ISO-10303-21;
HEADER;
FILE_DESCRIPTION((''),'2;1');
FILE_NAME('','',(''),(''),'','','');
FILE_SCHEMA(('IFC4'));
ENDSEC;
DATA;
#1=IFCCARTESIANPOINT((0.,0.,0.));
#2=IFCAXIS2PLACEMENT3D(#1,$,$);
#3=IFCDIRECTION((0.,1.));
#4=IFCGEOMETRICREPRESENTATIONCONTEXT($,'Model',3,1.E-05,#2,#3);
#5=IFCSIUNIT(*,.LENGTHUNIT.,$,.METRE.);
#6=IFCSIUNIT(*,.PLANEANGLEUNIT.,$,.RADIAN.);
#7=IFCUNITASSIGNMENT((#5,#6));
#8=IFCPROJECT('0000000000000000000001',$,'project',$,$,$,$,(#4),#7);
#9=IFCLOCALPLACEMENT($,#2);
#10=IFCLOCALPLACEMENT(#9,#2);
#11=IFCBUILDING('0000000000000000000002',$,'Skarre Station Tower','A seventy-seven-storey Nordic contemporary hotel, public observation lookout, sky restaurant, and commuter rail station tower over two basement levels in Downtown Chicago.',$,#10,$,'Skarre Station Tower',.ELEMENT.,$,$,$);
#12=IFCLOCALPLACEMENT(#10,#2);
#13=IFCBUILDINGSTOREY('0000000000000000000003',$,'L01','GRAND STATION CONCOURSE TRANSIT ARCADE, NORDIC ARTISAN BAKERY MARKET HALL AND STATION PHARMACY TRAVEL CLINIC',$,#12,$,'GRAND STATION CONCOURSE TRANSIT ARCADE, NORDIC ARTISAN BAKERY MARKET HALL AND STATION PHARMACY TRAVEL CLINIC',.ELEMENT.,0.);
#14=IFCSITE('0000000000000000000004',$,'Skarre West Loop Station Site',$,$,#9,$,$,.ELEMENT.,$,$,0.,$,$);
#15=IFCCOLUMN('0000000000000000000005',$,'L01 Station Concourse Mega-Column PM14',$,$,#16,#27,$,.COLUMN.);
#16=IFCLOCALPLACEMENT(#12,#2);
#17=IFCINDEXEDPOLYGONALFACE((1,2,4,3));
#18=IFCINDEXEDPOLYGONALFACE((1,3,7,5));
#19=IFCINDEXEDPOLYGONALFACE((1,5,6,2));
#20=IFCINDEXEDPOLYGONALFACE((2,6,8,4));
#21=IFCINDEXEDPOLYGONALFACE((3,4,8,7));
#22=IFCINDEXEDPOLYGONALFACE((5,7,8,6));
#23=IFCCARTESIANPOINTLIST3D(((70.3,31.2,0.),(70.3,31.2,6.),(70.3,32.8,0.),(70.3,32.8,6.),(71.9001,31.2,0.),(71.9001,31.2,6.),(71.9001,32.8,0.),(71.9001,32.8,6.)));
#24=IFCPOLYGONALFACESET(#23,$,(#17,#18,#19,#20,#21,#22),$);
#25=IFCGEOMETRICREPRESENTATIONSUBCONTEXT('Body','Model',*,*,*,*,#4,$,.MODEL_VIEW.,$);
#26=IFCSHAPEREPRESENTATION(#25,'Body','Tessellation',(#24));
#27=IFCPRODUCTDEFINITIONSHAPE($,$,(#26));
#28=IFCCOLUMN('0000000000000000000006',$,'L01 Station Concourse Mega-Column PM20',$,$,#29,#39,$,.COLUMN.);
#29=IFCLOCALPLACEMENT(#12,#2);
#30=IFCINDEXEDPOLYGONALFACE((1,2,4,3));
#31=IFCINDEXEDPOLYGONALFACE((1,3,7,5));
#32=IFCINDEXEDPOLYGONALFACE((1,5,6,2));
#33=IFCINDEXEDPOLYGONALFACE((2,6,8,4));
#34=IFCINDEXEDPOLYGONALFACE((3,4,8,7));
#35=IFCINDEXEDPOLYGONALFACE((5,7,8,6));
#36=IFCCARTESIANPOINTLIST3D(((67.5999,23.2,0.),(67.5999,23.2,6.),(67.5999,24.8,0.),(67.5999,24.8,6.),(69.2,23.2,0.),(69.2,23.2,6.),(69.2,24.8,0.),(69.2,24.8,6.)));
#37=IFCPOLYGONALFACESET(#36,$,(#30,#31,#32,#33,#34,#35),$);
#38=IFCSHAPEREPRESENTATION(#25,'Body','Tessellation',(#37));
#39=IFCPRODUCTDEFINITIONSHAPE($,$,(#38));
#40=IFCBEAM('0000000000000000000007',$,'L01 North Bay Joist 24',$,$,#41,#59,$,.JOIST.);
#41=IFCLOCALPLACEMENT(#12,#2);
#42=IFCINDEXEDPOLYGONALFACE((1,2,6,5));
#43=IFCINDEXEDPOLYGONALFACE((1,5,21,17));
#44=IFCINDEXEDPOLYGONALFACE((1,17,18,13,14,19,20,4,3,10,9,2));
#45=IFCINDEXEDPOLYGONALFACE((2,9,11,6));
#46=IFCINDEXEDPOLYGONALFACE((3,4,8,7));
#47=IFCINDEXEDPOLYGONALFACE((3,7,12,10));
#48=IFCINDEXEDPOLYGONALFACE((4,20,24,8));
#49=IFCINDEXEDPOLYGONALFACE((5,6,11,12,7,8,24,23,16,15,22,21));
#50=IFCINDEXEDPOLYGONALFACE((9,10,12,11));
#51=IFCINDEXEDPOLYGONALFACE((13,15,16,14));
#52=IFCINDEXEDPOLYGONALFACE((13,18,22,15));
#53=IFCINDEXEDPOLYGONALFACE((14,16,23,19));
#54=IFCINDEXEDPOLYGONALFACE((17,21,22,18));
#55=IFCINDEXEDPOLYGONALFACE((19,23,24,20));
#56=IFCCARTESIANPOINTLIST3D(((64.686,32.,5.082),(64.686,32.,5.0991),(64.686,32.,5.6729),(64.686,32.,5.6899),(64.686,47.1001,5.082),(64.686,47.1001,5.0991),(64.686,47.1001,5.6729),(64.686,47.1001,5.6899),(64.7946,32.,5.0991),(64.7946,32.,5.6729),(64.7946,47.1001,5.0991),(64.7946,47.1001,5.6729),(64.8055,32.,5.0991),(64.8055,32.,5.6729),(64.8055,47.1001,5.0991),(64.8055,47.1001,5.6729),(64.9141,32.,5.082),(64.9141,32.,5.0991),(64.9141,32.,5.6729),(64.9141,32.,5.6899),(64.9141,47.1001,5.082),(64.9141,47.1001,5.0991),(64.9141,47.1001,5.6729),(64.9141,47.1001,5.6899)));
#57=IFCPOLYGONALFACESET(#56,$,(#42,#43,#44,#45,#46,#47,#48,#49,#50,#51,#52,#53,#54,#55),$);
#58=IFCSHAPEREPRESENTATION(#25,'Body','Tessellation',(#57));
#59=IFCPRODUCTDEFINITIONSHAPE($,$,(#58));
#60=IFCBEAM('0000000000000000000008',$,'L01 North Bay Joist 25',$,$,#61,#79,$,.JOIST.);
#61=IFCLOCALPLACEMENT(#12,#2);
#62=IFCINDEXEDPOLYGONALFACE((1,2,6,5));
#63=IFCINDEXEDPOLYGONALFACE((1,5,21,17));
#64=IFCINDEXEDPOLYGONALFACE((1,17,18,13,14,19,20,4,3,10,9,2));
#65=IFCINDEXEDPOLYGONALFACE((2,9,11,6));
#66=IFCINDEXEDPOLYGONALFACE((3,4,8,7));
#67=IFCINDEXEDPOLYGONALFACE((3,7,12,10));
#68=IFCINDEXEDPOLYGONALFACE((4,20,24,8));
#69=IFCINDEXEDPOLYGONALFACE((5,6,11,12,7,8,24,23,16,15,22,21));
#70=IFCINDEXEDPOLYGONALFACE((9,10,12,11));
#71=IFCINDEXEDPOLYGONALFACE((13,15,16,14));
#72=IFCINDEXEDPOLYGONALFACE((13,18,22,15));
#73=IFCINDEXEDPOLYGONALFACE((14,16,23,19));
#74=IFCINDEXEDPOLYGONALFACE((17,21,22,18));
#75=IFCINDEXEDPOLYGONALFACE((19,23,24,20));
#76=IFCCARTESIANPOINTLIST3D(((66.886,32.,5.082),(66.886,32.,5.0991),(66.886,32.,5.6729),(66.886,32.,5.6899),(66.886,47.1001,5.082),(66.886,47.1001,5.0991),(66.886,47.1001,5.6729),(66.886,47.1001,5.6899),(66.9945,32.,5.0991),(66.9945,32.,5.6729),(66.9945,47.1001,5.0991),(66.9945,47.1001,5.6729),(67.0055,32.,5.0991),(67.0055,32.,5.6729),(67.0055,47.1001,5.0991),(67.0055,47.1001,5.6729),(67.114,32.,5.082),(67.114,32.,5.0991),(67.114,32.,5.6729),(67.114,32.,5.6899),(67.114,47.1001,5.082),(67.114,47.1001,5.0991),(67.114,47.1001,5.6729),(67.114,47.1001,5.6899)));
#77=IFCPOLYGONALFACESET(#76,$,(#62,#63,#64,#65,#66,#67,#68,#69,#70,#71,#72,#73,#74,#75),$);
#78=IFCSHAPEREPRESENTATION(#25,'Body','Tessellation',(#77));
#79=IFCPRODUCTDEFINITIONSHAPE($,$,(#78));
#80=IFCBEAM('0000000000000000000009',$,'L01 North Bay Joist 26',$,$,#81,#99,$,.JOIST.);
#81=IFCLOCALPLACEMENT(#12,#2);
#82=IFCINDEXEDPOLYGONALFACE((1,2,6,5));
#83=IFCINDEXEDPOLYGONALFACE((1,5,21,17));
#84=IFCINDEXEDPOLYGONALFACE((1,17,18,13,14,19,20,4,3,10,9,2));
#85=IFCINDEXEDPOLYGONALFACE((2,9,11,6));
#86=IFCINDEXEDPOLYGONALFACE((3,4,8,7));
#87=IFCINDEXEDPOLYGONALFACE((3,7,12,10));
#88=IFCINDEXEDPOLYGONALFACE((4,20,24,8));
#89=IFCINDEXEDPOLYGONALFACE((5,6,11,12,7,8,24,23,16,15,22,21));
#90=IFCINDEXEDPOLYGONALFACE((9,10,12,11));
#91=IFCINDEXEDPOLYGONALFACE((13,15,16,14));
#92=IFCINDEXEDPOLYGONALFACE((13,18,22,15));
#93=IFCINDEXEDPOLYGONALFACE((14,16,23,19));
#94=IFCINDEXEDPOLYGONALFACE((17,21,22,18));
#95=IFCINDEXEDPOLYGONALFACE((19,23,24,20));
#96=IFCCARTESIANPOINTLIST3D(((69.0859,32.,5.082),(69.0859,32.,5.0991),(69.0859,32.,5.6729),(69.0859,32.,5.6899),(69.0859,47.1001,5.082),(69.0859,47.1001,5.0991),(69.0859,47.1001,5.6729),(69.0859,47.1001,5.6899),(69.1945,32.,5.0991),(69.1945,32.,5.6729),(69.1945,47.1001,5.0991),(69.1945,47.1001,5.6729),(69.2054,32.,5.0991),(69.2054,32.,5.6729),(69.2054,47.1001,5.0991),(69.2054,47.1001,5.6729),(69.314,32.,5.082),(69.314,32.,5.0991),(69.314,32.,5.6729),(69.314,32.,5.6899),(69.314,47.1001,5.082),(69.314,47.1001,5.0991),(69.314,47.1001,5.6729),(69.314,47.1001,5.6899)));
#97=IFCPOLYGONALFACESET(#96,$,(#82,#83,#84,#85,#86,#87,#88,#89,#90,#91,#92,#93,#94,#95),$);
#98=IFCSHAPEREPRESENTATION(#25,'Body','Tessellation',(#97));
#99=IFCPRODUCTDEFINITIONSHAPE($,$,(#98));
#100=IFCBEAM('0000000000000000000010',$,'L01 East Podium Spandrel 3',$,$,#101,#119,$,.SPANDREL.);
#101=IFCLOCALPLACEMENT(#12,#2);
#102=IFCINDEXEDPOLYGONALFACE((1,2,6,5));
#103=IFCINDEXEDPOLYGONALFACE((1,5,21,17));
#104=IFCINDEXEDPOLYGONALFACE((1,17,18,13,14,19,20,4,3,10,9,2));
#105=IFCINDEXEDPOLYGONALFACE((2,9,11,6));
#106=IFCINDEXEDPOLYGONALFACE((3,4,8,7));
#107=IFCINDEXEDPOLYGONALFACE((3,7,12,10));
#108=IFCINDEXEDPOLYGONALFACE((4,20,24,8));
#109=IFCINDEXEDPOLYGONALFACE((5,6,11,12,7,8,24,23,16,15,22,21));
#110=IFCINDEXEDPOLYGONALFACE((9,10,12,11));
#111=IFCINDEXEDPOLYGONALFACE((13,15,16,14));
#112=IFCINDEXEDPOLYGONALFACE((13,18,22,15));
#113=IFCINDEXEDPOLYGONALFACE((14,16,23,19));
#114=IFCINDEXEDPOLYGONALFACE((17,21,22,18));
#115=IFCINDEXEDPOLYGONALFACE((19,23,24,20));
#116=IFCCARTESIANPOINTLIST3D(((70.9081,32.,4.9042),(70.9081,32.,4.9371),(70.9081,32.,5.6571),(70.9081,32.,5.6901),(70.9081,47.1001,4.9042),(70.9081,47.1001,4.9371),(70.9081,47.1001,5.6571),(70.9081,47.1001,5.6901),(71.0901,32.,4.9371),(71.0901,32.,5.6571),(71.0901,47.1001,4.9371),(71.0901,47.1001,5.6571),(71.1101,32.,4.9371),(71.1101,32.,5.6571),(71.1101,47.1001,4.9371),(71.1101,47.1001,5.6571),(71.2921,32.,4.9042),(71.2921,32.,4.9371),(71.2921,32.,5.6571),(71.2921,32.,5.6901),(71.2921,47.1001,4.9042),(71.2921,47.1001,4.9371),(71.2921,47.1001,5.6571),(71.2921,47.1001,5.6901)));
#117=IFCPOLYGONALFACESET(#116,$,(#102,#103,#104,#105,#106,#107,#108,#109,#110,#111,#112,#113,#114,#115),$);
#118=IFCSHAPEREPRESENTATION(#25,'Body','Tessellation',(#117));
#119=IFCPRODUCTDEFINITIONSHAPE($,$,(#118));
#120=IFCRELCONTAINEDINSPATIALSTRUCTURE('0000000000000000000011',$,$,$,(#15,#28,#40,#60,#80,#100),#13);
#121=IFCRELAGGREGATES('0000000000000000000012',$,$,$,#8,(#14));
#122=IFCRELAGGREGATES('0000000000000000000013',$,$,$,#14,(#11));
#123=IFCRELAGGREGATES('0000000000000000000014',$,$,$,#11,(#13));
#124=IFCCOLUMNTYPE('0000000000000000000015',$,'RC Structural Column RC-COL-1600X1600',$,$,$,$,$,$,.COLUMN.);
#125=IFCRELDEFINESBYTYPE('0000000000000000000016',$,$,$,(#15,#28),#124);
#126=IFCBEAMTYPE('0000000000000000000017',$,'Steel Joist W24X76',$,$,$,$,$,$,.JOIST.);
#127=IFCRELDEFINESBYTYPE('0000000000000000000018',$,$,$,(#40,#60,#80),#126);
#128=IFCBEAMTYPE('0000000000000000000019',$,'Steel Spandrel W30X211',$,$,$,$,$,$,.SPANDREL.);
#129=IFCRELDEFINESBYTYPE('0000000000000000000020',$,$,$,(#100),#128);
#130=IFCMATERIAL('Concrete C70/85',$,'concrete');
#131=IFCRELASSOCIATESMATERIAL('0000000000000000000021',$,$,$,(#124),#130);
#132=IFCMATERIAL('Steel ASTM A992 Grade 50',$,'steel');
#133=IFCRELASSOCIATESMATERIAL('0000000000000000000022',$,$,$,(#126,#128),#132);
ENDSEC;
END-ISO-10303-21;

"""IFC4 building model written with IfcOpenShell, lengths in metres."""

from ifc_helpers import new_model, si_unit, direction, frame, origin, origin_2d, place, context, subcontext, project, spatial, rectangle, i_section, extrude, material, material_profile, profile_set, type_object, element, save


model = new_model("IFC4")

# Units and contexts
model_context = context("Model", 3, precision=1e-05, world=origin(), true_north=direction((0.0, 1.0)))
body_context = subcontext(model_context, "Body", "Model", "MODEL_VIEW")
ifc_project = project(units=[si_unit("LENGTHUNIT", "METRE"), si_unit("PLANEANGLEUNIT", "RADIAN")], contexts=[model_context])

# Site, building, storey
site_placement = place(None, origin())
site = spatial("IfcSite", under=ifc_project, at=site_placement, Name="Skarre West Loop Station Site", CompositionType="ELEMENT", RefElevation=0.0)
building_placement = place(site_placement, origin())
building = spatial("IfcBuilding", under=site, at=building_placement, Name="Skarre Station Tower", Description="A seventy-seven-storey Nordic contemporary hotel, public observation lookout, sky restaurant, and commuter rail station tower over two basement levels in Downtown Chicago.", LongName="Skarre Station Tower", CompositionType="ELEMENT")
storey_placement = place(building_placement, origin())
storey = spatial("IfcBuildingStorey", under=building, at=storey_placement, Name="L01", Description="GRAND STATION CONCOURSE TRANSIT ARCADE, NORDIC ARTISAN BAKERY MARKET HALL AND STATION PHARMACY TRAVEL CLINIC", LongName="GRAND STATION CONCOURSE TRANSIT ARCADE, NORDIC ARTISAN BAKERY MARKET HALL AND STATION PHARMACY TRAVEL CLINIC", CompositionType="ELEMENT", Elevation=0.0)

# Columns
ifc_material_1 = material(Name="Concrete C70/85", Category="concrete")
ifc_material_profile_1 = material_profile(ifc_material_1, rectangle(XDim=1.6001, YDim=1.6001, at=origin_2d()), Name="Concrete C70/85")
ifc_profile_set_1 = profile_set([ifc_material_profile_1], Name="Concrete C70/85")
column_type = type_object("IfcColumnType", Name="RC Structural Column RC-COL-1600X1600", PredefinedType="COLUMN", material=ifc_profile_set_1)
for number, where, z_axis, x_axis, name in (
    (1, (71.1001, 32.0, 0.0), (0.0, 0.0, 1.0), (1.0, 0.0, 0.0), "L01 Station Concourse Mega-Column PM14"),
    (2, (68.3999, 24.0, 0.0), (0.0, 0.0, 1.0), (1.0, 0.0, 0.0), "L01 Station Concourse Mega-Column PM20"),
):
    element("IfcColumn", number, at=place(storey_placement, frame(where, z_axis=z_axis, x_axis=x_axis)), inside=storey, type_object=column_type, Name=name, PredefinedType="COLUMN", context=body_context, shape_type="SweptSolid", body=[
        extrude(rectangle(XDim=1.6001, YDim=1.6001, at=origin_2d()), origin(), (0.0, 0.0, 1.0), 6.0),
    ])

# Beams
ifc_material_2 = material(Name="Steel ASTM A992 Grade 50", Category="steel")
ifc_material_profile_2 = material_profile(ifc_material_2, i_section(OverallWidth=0.228, OverallDepth=0.6079, WebThickness=0.011, FlangeThickness=0.0171, at=origin_2d()), Name="Steel ASTM A992 Grade 50")
ifc_profile_set_2 = profile_set([ifc_material_profile_2], Name="Steel ASTM A992 Grade 50")
beam_type_1 = type_object("IfcBeamType", Name="Steel Joist W24X76", PredefinedType="JOIST", material=ifc_profile_set_2)
for number, where, z_axis, x_axis, name in (
    (3, (64.8, 32.0, 5.386), (0.0, 1.0, 0.0), (-1.0, 0.0, 0.0), "L01 North Bay Joist 24"),
    (4, (67.0, 32.0, 5.386), (0.0, 1.0, 0.0), (-1.0, 0.0, 0.0), "L01 North Bay Joist 25"),
    (5, (69.2, 32.0, 5.386), (0.0, 1.0, 0.0), (-1.0, 0.0, 0.0), "L01 North Bay Joist 26"),
):
    element("IfcBeam", number, at=place(storey_placement, frame(where, z_axis=z_axis, x_axis=x_axis)), inside=storey, type_object=beam_type_1, Name=name, PredefinedType="JOIST", context=body_context, shape_type="SweptSolid", body=[
        extrude(i_section(OverallWidth=0.228, OverallDepth=0.6079, WebThickness=0.011, FlangeThickness=0.0171, at=origin_2d()), origin(), (0.0, 0.0, 1.0), 15.1001),
    ])
ifc_material_profile_3 = material_profile(ifc_material_2, i_section(OverallWidth=0.384, OverallDepth=0.7859, WebThickness=0.02, FlangeThickness=0.033, at=origin_2d()), Name="Steel ASTM A992 Grade 50")
ifc_profile_set_3 = profile_set([ifc_material_profile_3], Name="Steel ASTM A992 Grade 50")
beam_type_2 = type_object("IfcBeamType", Name="Steel Spandrel W30X211", PredefinedType="SPANDREL", material=ifc_profile_set_3)
beam_placement = place(storey_placement, frame((71.1001, 32.0, 5.2971), z_axis=(0.0, 1.0, 0.0), x_axis=(-1.0, 0.0, 0.0)))
element("IfcBeam", 6, at=beam_placement, inside=storey, type_object=beam_type_2, Name="L01 East Podium Spandrel 3", PredefinedType="SPANDREL", context=body_context, shape_type="SweptSolid", body=[
    extrude(i_section(OverallWidth=0.384, OverallDepth=0.7859, WebThickness=0.02, FlangeThickness=0.033, at=origin_2d()), origin(), (0.0, 0.0, 1.0), 15.1001),
])

save(model, "model.ifc")
